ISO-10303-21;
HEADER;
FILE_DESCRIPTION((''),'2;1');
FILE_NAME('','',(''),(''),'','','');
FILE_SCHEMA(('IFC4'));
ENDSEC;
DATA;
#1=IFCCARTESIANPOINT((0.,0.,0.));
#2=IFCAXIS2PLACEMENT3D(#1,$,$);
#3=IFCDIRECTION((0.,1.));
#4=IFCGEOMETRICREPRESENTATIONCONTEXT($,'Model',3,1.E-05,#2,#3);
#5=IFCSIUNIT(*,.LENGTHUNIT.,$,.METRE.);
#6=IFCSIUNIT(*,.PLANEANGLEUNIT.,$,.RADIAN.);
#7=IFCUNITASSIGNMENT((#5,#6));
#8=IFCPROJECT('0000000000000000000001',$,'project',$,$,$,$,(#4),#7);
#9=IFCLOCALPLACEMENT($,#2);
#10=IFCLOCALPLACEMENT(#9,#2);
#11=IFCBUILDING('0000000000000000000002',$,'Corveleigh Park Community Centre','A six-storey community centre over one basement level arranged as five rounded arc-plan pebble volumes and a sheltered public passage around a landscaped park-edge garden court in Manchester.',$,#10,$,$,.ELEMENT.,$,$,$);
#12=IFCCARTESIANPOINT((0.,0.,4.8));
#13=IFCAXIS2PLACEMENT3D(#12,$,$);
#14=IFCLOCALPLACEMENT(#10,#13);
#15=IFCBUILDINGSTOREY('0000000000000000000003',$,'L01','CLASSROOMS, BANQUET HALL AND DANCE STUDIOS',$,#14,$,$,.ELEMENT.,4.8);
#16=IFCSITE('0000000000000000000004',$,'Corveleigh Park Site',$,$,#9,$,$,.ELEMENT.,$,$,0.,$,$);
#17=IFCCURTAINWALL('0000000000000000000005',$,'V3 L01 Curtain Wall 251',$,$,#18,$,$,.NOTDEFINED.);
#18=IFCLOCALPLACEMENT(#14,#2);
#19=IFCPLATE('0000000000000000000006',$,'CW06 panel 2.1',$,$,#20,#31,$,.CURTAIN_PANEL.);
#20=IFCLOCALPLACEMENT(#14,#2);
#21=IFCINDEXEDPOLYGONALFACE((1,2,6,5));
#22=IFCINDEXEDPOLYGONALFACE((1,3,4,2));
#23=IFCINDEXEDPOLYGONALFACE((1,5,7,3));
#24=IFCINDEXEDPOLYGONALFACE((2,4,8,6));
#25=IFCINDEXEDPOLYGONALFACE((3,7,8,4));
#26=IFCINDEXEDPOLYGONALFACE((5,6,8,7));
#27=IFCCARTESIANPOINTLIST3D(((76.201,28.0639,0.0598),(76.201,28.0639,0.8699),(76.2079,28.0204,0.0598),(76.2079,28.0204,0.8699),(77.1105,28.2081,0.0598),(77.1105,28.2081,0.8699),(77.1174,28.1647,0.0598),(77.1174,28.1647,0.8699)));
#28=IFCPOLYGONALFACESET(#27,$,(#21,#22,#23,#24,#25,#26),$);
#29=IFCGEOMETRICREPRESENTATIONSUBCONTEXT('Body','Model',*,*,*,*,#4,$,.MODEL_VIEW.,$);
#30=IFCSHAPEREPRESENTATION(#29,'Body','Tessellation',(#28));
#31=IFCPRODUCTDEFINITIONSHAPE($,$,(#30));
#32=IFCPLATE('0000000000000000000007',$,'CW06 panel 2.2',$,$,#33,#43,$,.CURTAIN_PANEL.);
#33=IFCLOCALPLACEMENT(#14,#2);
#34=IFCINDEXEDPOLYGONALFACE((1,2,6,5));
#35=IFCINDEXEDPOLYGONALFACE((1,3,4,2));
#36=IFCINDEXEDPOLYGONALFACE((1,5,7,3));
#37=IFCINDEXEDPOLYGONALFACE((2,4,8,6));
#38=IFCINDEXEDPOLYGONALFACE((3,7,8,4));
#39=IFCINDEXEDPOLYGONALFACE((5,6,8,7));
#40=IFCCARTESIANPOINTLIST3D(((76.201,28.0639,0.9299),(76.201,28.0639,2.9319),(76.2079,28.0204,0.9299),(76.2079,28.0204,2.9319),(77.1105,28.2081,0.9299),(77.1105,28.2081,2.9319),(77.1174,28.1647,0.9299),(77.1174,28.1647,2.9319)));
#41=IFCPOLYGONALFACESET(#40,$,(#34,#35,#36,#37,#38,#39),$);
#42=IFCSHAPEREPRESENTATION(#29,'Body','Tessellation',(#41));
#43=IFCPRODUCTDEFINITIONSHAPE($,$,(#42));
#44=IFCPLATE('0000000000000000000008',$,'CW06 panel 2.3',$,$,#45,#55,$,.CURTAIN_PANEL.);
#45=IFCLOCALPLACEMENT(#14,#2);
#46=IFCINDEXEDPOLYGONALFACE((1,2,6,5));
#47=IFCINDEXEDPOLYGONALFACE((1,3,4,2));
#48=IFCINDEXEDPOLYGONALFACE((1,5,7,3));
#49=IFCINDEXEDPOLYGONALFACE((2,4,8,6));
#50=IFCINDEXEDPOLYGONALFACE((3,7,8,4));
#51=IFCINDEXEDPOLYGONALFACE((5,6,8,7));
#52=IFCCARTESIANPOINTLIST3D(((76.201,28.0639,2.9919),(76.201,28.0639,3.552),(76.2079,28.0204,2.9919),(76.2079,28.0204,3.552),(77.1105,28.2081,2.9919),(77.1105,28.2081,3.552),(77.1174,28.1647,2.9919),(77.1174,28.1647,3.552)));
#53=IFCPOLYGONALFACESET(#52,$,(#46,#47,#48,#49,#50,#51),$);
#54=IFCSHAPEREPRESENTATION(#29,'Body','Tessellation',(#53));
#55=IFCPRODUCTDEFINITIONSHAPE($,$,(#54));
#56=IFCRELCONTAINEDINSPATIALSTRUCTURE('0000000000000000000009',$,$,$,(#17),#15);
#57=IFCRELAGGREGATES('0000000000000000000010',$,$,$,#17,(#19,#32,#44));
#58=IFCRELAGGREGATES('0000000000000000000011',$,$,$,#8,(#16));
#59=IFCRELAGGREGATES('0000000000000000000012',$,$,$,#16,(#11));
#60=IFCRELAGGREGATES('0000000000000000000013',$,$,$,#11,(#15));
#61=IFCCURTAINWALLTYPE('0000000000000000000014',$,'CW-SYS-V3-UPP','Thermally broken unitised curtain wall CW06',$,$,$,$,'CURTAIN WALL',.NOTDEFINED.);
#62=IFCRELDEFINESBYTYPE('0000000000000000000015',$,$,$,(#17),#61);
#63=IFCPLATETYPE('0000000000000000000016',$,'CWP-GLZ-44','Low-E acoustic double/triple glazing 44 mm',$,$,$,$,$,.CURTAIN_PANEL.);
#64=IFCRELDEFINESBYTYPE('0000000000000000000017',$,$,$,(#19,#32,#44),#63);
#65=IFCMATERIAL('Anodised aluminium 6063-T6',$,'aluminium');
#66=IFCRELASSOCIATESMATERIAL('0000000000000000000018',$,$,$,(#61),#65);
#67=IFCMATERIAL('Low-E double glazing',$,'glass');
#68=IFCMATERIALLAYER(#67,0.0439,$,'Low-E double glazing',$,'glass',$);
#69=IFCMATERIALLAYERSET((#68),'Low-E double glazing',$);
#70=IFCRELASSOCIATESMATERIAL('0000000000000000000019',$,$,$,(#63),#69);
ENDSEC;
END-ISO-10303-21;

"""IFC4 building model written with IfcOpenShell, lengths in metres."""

from ifc_helpers import new_model, si_unit, direction, frame, origin, origin_2d, place, context, subcontext, project, spatial, rectangle, extrude, material, layer, layer_set, type_object, element, aggregate, save


model = new_model("IFC4")

# Units and contexts
model_context = context("Model", 3, precision=1e-05, world=origin(), true_north=direction((0.0, 1.0)))
body_context = subcontext(model_context, "Body", "Model", "MODEL_VIEW")
ifc_project = project(units=[si_unit("LENGTHUNIT", "METRE"), si_unit("PLANEANGLEUNIT", "RADIAN")], contexts=[model_context])

# Site, building, storey
site_placement = place(None, origin())
site = spatial("IfcSite", under=ifc_project, at=site_placement, Name="Corveleigh Park Site", CompositionType="ELEMENT", RefElevation=0.0)
building_placement = place(site_placement, origin())
building = spatial("IfcBuilding", under=site, at=building_placement, Name="Corveleigh Park Community Centre", Description="A six-storey community centre over one basement level arranged as five rounded arc-plan pebble volumes and a sheltered public passage around a landscaped park-edge garden court in Manchester.", CompositionType="ELEMENT")
storey_placement = place(building_placement, frame((0.0, 0.0, 4.8)))
storey = spatial("IfcBuildingStorey", under=building, at=storey_placement, Name="L01", Description="CLASSROOMS, BANQUET HALL AND DANCE STUDIOS", CompositionType="ELEMENT", Elevation=4.8)

# Shared definitions
ifc_material_1 = material(Name="Anodised aluminium 6063-T6", Category="aluminium")
curtain_wall_type = type_object("IfcCurtainWallType", Name="CW-SYS-V3-UPP", Description="Thermally broken unitised curtain wall CW06", ElementType="CURTAIN WALL", PredefinedType="NOTDEFINED", material=ifc_material_1)

# Curtain wall
curtain_wall_1_placement = place(storey_placement, origin())
curtain_wall_1 = element("IfcCurtainWall", 1, at=curtain_wall_1_placement, inside=storey, type_object=curtain_wall_type, Name="V3 L01 Curtain Wall 251", PredefinedType="NOTDEFINED")

# Plates
ifc_material_2 = material(Name="Low-E double glazing", Category="glass")
ifc_layer_1 = layer(ifc_material_2, 0.0439, Name="Low-E double glazing", Category="glass")
ifc_layer_set_1 = layer_set([ifc_layer_1], Name="Low-E double glazing")
plate_type_1 = type_object("IfcPlateType", Name="CWP-GLZ-44", Description="Low-E acoustic double/triple glazing 44 mm", PredefinedType="CURTAIN_PANEL", material=ifc_layer_set_1)
plate_1_placement = place(storey_placement, frame((76.6592, 28.1143, 0.0598), z_axis=(0.0, 0.0, 1.0), x_axis=(0.987661, 0.156604, 0.0)))
plate_1 = element("IfcPlate", 2, at=plate_1_placement, type_object=plate_type_1, Name="CW06 panel 2.1", PredefinedType="CURTAIN_PANEL", context=body_context, shape_type="SweptSolid", body=[
    extrude(rectangle(XDim=0.9209, YDim=0.0439, at=origin_2d()), origin(), (0.0, 0.0, 1.0), 0.8101),
])
plate_2_placement = place(storey_placement, frame((76.6592, 28.1143, 0.9299), z_axis=(0.0, 0.0, 1.0), x_axis=(0.987661, 0.156604, 0.0)))
plate_2 = element("IfcPlate", 3, at=plate_2_placement, type_object=plate_type_1, Name="CW06 panel 2.2", PredefinedType="CURTAIN_PANEL", context=body_context, shape_type="SweptSolid", body=[
    extrude(rectangle(XDim=0.9209, YDim=0.0439, at=origin_2d()), origin(), (0.0, 0.0, 1.0), 2.002),
])
plate_3_placement = place(storey_placement, frame((76.6592, 28.1143, 2.9919), z_axis=(0.0, 0.0, 1.0), x_axis=(0.987661, 0.156604, 0.0)))
plate_3 = element("IfcPlate", 4, at=plate_3_placement, type_object=plate_type_1, Name="CW06 panel 2.3", PredefinedType="CURTAIN_PANEL", context=body_context, shape_type="SweptSolid", body=[
    extrude(rectangle(XDim=0.9209, YDim=0.0439, at=origin_2d()), origin(), (0.0, 0.0, 1.0), 0.5601),
])
aggregate(curtain_wall_1, [plate_1, plate_2, plate_3])

save(model, "model.ifc")
